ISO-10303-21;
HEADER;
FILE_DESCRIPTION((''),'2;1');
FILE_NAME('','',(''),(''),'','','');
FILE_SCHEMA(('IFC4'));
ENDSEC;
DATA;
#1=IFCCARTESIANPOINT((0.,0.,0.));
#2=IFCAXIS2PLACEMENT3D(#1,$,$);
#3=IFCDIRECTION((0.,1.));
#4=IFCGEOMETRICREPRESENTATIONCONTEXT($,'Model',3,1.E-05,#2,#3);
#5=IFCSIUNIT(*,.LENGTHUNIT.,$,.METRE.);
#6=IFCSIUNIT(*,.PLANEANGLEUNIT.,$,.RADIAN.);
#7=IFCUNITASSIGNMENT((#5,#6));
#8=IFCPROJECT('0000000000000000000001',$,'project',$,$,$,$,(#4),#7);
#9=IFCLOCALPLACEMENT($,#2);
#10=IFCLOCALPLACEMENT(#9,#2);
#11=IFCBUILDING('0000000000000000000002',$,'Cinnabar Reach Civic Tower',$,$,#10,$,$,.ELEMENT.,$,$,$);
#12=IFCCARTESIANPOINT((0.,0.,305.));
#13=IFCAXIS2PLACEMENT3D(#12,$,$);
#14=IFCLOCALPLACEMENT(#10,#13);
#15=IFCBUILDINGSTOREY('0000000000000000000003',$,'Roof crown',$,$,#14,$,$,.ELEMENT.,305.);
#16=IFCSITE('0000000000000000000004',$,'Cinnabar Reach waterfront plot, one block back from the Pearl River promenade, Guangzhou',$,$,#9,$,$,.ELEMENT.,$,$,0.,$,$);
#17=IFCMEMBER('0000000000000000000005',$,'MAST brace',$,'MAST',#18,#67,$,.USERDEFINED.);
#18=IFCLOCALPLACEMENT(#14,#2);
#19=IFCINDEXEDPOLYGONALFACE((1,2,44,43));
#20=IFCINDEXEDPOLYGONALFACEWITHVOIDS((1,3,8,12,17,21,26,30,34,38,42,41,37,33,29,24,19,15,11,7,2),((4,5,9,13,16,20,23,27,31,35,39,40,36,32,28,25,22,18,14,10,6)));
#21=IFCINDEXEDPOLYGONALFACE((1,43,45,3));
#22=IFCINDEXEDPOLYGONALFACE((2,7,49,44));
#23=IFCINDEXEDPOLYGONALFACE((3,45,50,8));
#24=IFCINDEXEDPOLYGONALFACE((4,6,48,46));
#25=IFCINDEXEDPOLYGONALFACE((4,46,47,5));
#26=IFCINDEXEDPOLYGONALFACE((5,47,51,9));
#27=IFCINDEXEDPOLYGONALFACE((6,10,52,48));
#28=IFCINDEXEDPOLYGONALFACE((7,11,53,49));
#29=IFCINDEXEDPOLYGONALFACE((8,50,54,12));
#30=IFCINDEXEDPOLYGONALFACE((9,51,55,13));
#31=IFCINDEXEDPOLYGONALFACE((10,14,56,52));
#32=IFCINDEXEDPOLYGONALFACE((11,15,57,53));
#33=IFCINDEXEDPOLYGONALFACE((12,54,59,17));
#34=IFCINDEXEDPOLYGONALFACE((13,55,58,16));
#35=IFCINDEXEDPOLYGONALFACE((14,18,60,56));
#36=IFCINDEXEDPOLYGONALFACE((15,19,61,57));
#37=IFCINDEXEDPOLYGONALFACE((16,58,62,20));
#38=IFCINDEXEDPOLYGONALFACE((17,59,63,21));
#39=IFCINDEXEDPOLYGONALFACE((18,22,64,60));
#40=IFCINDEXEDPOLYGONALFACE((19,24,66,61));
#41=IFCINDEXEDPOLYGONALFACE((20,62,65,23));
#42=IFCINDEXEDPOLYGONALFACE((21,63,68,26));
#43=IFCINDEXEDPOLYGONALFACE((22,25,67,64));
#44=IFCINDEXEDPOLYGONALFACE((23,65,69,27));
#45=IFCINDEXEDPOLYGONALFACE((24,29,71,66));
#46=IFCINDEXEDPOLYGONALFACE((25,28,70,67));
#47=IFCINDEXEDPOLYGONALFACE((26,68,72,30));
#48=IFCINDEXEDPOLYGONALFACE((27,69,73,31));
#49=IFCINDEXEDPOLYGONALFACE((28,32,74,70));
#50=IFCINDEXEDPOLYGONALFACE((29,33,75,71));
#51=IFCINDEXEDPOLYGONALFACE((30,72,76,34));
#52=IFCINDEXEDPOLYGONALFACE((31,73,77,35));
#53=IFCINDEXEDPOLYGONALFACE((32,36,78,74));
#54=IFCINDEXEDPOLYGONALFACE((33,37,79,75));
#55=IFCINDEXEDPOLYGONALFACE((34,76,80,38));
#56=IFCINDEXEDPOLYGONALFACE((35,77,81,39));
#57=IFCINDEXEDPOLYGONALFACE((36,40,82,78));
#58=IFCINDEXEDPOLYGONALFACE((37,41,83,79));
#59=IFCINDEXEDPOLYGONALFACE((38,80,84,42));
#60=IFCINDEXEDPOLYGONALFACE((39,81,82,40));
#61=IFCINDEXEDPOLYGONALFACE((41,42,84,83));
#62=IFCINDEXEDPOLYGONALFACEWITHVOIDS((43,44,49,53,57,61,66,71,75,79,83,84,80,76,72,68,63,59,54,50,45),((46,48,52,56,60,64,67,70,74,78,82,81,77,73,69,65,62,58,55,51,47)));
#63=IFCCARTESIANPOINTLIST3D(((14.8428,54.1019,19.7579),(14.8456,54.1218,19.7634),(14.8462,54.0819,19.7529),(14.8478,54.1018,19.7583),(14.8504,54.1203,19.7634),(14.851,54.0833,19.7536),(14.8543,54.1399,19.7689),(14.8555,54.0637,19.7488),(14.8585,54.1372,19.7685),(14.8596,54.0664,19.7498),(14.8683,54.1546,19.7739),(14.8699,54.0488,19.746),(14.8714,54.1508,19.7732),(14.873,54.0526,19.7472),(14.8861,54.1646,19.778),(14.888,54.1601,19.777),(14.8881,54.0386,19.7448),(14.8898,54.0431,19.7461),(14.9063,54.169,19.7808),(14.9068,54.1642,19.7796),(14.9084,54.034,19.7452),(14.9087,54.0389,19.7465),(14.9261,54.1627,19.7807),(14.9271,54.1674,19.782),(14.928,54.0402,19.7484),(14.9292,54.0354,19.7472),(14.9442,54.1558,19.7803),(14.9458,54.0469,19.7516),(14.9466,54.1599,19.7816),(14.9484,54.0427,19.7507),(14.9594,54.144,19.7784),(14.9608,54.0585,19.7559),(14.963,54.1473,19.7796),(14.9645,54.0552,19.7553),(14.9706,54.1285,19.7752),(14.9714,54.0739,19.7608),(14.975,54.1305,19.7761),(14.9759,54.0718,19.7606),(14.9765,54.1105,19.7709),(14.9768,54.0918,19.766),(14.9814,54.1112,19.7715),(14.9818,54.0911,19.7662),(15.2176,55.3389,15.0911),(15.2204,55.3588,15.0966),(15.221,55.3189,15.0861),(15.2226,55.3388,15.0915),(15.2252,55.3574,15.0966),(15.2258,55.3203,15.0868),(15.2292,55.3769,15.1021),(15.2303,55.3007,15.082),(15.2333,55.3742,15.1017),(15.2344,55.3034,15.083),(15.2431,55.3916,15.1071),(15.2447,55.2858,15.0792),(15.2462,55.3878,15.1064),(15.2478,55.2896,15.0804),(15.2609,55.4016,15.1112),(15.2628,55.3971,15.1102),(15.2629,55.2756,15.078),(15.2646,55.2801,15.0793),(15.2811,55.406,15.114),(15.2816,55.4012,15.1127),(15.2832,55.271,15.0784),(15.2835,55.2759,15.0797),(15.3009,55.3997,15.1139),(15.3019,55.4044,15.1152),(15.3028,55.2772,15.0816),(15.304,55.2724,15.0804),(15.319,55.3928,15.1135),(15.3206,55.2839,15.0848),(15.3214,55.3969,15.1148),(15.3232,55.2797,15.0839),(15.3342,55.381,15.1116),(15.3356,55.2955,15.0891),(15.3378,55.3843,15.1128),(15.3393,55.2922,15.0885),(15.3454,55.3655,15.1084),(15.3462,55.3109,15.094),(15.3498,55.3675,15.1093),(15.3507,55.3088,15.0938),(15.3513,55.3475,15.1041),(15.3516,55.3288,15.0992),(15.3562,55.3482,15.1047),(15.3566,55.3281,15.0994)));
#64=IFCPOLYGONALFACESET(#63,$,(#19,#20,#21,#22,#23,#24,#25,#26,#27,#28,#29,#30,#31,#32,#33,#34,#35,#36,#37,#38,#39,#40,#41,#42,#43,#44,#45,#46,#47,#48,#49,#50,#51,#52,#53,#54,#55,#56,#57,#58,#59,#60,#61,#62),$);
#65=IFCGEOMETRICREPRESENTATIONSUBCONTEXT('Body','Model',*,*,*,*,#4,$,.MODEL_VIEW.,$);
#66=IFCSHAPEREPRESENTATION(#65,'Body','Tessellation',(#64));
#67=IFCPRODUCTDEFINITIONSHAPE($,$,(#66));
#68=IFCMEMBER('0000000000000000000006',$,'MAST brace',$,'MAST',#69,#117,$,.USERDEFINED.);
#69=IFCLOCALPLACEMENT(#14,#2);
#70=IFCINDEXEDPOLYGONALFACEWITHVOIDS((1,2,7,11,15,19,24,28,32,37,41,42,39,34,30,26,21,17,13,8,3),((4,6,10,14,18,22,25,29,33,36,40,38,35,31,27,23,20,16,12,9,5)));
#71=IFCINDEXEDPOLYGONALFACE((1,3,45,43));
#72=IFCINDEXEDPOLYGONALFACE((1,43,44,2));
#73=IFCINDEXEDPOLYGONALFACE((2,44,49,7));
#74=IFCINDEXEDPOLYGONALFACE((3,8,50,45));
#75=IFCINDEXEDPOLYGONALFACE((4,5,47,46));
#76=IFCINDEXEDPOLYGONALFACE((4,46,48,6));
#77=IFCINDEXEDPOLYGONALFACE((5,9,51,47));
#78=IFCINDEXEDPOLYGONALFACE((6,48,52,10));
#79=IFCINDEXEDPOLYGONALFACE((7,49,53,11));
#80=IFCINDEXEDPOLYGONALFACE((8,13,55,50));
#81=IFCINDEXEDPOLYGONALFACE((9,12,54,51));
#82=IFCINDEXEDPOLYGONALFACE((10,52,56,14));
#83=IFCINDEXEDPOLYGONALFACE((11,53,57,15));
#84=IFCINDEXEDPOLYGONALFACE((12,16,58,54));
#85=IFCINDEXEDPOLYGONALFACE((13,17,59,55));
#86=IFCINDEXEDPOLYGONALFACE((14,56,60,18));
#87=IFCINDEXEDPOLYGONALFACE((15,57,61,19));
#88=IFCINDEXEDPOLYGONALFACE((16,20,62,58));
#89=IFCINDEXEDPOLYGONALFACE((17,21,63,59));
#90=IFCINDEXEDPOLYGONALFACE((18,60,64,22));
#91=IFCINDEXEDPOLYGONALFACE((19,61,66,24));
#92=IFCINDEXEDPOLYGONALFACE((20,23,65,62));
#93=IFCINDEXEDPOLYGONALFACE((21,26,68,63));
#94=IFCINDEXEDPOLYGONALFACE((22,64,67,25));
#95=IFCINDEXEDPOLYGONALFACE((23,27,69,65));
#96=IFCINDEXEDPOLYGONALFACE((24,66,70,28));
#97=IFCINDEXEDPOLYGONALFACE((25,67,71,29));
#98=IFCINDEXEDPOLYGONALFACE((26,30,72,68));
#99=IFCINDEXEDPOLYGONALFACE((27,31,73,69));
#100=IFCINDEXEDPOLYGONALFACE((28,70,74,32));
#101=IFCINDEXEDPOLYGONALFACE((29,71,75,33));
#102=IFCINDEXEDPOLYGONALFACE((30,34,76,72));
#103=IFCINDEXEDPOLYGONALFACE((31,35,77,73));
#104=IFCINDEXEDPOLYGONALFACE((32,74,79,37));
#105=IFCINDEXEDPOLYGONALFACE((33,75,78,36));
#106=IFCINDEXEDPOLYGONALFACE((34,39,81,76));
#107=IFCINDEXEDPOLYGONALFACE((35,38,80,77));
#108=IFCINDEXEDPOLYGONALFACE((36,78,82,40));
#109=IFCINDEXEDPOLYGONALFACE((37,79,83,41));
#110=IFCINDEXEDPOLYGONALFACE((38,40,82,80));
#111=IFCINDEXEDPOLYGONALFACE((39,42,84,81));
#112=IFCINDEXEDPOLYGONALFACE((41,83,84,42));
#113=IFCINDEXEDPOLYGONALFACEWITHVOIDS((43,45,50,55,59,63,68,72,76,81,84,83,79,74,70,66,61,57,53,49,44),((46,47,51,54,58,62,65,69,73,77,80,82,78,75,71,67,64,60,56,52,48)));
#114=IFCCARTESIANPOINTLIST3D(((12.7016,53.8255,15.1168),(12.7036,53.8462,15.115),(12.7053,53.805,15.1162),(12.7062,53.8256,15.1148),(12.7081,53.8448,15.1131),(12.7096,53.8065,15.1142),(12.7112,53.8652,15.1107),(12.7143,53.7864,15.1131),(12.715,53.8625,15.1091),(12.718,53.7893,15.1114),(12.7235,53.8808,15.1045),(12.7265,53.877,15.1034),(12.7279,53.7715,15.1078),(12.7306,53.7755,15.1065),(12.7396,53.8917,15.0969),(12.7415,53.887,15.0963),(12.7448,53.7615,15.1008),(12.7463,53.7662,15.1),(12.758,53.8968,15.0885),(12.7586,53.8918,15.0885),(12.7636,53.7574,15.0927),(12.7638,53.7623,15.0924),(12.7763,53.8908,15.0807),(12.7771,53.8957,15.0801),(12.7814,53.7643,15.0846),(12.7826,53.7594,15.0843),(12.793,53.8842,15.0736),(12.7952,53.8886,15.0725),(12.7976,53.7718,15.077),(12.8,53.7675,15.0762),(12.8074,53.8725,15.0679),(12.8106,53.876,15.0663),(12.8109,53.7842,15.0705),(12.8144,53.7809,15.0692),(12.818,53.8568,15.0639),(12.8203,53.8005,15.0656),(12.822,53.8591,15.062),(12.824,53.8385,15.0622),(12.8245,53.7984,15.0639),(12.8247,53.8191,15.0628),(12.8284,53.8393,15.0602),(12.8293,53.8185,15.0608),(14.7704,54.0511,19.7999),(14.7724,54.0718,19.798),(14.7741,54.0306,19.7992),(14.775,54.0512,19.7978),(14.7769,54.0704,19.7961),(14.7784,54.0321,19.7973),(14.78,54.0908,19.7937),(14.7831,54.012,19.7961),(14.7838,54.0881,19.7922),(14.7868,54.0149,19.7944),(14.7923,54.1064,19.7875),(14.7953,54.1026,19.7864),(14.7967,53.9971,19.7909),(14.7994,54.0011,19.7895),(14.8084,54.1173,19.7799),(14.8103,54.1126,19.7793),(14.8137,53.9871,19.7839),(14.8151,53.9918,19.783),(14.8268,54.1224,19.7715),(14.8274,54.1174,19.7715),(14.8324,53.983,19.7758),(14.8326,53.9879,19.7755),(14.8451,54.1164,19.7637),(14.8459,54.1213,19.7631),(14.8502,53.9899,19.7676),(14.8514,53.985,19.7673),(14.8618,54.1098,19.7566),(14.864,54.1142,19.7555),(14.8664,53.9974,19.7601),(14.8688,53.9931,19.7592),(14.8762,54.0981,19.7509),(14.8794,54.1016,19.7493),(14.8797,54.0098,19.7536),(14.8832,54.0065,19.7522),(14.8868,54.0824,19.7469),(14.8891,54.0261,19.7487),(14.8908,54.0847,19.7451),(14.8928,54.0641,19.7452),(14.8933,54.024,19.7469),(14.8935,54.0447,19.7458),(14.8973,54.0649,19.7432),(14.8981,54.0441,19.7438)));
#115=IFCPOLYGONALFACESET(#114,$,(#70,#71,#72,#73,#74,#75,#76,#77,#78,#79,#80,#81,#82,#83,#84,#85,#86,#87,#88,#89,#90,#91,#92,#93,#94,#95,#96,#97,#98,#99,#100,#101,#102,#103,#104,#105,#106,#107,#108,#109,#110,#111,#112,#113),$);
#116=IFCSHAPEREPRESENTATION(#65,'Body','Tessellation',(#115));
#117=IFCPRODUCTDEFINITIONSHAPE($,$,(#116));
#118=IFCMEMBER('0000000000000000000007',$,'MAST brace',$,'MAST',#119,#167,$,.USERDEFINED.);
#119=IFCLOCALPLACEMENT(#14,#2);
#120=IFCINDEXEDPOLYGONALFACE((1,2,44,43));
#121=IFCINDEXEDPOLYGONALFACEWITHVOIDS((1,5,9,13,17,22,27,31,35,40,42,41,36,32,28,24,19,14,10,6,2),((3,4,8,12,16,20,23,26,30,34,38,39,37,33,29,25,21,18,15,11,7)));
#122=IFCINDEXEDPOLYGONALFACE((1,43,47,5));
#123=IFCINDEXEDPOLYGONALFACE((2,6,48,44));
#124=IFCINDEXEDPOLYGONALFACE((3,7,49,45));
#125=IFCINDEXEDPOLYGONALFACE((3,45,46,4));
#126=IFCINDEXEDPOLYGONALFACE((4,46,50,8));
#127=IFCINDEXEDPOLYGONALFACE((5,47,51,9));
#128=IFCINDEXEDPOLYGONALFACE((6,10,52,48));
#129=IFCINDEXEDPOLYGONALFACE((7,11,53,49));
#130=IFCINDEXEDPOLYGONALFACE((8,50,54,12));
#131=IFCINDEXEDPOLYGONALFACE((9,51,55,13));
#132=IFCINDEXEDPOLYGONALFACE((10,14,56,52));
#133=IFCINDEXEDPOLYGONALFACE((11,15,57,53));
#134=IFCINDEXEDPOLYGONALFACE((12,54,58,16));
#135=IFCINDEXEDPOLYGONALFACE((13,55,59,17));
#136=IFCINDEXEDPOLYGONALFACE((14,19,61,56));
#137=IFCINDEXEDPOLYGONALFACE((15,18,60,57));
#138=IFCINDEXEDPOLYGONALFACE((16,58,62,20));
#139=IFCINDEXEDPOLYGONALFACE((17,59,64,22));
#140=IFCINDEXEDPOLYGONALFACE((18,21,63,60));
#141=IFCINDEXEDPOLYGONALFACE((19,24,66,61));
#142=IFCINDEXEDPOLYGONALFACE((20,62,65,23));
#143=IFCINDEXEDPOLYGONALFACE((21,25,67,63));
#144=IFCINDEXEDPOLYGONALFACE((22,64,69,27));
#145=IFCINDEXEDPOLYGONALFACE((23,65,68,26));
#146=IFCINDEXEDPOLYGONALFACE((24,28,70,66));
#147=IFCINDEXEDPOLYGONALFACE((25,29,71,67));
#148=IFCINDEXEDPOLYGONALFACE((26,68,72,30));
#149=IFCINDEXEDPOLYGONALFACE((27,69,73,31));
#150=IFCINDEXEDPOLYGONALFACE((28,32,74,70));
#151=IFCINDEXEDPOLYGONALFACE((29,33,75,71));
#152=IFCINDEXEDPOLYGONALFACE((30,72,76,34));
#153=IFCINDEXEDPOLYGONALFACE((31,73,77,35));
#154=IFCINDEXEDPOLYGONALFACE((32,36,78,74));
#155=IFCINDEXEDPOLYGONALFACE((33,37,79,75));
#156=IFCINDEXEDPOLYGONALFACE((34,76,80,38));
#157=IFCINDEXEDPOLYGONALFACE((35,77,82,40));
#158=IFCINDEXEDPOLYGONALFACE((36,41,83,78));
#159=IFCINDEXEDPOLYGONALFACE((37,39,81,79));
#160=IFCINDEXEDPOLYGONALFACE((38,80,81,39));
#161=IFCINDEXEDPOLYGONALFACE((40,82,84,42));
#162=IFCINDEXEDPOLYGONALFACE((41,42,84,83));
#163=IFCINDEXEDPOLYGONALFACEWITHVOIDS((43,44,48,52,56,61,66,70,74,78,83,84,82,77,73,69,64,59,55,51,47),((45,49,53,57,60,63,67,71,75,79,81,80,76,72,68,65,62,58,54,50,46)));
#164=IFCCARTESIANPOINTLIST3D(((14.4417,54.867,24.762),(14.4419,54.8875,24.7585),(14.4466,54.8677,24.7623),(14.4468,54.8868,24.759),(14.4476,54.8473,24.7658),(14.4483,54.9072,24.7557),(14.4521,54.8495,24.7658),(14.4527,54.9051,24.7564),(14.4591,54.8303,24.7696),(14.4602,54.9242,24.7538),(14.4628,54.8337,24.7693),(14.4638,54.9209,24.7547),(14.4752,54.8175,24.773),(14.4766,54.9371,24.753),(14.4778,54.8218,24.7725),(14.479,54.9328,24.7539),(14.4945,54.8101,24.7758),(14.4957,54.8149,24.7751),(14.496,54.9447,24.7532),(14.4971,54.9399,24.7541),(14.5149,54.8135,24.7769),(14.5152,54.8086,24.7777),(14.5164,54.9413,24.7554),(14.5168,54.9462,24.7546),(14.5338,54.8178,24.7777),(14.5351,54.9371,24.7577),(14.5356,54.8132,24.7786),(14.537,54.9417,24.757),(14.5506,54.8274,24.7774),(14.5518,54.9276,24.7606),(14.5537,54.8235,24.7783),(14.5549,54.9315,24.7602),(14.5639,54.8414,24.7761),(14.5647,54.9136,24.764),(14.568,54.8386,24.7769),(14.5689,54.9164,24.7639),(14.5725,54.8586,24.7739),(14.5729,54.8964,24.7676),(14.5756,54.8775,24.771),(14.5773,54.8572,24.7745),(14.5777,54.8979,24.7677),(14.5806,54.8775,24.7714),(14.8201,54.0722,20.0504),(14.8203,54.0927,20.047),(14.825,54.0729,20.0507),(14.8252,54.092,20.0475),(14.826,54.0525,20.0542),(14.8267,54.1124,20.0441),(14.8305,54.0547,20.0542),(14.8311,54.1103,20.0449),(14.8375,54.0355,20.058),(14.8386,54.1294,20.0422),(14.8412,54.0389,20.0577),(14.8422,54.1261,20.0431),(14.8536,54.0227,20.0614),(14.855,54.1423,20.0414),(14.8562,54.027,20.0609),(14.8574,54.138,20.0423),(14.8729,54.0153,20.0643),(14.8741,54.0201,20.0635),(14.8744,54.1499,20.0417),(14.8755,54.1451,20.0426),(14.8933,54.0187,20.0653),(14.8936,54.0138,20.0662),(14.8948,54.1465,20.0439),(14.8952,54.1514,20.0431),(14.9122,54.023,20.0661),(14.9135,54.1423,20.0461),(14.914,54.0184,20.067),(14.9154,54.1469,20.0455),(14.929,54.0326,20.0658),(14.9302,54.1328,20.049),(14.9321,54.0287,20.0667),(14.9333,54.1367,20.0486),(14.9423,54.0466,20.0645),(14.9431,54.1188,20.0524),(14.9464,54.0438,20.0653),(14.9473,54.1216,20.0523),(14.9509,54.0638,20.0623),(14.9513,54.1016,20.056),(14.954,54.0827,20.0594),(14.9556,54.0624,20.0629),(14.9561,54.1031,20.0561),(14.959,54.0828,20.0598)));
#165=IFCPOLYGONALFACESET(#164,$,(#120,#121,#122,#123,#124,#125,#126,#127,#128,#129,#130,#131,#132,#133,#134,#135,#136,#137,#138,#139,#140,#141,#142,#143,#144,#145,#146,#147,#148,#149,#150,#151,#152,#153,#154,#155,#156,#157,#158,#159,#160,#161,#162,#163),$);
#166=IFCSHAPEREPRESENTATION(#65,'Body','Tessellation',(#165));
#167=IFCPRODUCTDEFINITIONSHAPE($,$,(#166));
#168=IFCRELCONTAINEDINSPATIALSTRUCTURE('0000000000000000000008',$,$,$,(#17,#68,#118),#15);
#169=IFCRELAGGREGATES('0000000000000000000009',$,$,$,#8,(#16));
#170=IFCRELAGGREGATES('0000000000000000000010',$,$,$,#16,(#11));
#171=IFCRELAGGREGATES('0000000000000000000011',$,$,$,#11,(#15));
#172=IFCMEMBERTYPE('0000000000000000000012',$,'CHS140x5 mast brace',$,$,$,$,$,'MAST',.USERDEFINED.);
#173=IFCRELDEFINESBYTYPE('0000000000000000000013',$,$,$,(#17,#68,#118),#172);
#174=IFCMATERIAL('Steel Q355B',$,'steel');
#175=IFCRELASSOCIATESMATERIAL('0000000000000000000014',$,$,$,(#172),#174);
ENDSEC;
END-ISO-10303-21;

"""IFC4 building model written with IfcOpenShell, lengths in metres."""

from ifc_helpers import new_model, si_unit, direction, frame, origin, origin_2d, place, context, subcontext, project, spatial, hollow_circle, extrude, material, material_profile, profile_set, type_object, element, save


model = new_model("IFC4")

# Units and contexts
model_context = context("Model", 3, precision=1e-05, world=origin(), true_north=direction((0.0, 1.0)))
body_context = subcontext(model_context, "Body", "Model", "MODEL_VIEW")
ifc_project = project(units=[si_unit("LENGTHUNIT", "METRE"), si_unit("PLANEANGLEUNIT", "RADIAN")], contexts=[model_context])

# Site, building, storey
site_placement = place(None, origin())
site = spatial("IfcSite", under=ifc_project, at=site_placement, Name="Cinnabar Reach waterfront plot, one block back from the Pearl River promenade, Guangzhou", CompositionType="ELEMENT", RefElevation=0.0)
building_placement = place(site_placement, origin())
building = spatial("IfcBuilding", under=site, at=building_placement, Name="Cinnabar Reach Civic Tower", CompositionType="ELEMENT")
storey_placement = place(building_placement, frame((0.0, 0.0, 305.0)))
storey = spatial("IfcBuildingStorey", under=building, at=storey_placement, Name="Roof crown", CompositionType="ELEMENT", Elevation=305.0)

# Members
ifc_material_1 = material(Name="Steel Q355B", Category="steel")
ifc_material_profile_1 = material_profile(ifc_material_1, hollow_circle(Radius=0.07, WallThickness=0.005, at=origin_2d()), Name="CHS140x5")
ifc_profile_set_1 = profile_set([ifc_material_profile_1], Name="Steel Q355B")
member_type_1 = type_object("IfcMemberType", Name="CHS140x5 mast brace", ElementType="MAST", PredefinedType="USERDEFINED", material=ifc_profile_set_1)
member_1_placement = place(storey_placement, frame((14.9126, 54.1015, 19.7634), z_axis=(0.077398, 0.255447, -0.96372), x_axis=(-0.957035, 0.289973, 0.0)))
element("IfcMember", 1, at=member_1_placement, inside=storey, type_object=member_type_1, Name="MAST brace", ObjectType="MAST", PredefinedType="USERDEFINED", context=body_context, shape_type="SweptSolid", body=[
    extrude(hollow_circle(Radius=0.07, WallThickness=0.005, at=origin_2d()), origin(), (0.0, 0.0, 1.0), 4.8425),
])
member_2_placement = place(storey_placement, frame((12.7656, 53.8272, 15.0885), z_axis=(0.403701, 0.044023, 0.913831), x_axis=(-0.108406, 0.994107, 0.0)))
element("IfcMember", 2, at=member_2_placement, inside=storey, type_object=member_type_1, Name="MAST brace", ObjectType="MAST", PredefinedType="USERDEFINED", context=body_context, shape_type="SweptSolid", body=[
    extrude(hollow_circle(Radius=0.07, WallThickness=0.005, at=origin_2d()), origin(), (0.0, 0.0, 1.0), 5.1246),
])
member_3_placement = place(storey_placement, frame((14.8892, 54.0826, 20.0542), z_axis=(-0.078946, 0.165821, 0.982991), x_axis=(-0.902894, -0.429863, 0.0)))
element("IfcMember", 3, at=member_3_placement, inside=storey, type_object=member_type_1, Name="MAST brace", ObjectType="MAST", PredefinedType="USERDEFINED", context=body_context, shape_type="SweptSolid", body=[
    extrude(hollow_circle(Radius=0.07, WallThickness=0.005, at=origin_2d()), origin(), (0.0, 0.0, 1.0), 4.7931),
])

save(model, "model.ifc")
